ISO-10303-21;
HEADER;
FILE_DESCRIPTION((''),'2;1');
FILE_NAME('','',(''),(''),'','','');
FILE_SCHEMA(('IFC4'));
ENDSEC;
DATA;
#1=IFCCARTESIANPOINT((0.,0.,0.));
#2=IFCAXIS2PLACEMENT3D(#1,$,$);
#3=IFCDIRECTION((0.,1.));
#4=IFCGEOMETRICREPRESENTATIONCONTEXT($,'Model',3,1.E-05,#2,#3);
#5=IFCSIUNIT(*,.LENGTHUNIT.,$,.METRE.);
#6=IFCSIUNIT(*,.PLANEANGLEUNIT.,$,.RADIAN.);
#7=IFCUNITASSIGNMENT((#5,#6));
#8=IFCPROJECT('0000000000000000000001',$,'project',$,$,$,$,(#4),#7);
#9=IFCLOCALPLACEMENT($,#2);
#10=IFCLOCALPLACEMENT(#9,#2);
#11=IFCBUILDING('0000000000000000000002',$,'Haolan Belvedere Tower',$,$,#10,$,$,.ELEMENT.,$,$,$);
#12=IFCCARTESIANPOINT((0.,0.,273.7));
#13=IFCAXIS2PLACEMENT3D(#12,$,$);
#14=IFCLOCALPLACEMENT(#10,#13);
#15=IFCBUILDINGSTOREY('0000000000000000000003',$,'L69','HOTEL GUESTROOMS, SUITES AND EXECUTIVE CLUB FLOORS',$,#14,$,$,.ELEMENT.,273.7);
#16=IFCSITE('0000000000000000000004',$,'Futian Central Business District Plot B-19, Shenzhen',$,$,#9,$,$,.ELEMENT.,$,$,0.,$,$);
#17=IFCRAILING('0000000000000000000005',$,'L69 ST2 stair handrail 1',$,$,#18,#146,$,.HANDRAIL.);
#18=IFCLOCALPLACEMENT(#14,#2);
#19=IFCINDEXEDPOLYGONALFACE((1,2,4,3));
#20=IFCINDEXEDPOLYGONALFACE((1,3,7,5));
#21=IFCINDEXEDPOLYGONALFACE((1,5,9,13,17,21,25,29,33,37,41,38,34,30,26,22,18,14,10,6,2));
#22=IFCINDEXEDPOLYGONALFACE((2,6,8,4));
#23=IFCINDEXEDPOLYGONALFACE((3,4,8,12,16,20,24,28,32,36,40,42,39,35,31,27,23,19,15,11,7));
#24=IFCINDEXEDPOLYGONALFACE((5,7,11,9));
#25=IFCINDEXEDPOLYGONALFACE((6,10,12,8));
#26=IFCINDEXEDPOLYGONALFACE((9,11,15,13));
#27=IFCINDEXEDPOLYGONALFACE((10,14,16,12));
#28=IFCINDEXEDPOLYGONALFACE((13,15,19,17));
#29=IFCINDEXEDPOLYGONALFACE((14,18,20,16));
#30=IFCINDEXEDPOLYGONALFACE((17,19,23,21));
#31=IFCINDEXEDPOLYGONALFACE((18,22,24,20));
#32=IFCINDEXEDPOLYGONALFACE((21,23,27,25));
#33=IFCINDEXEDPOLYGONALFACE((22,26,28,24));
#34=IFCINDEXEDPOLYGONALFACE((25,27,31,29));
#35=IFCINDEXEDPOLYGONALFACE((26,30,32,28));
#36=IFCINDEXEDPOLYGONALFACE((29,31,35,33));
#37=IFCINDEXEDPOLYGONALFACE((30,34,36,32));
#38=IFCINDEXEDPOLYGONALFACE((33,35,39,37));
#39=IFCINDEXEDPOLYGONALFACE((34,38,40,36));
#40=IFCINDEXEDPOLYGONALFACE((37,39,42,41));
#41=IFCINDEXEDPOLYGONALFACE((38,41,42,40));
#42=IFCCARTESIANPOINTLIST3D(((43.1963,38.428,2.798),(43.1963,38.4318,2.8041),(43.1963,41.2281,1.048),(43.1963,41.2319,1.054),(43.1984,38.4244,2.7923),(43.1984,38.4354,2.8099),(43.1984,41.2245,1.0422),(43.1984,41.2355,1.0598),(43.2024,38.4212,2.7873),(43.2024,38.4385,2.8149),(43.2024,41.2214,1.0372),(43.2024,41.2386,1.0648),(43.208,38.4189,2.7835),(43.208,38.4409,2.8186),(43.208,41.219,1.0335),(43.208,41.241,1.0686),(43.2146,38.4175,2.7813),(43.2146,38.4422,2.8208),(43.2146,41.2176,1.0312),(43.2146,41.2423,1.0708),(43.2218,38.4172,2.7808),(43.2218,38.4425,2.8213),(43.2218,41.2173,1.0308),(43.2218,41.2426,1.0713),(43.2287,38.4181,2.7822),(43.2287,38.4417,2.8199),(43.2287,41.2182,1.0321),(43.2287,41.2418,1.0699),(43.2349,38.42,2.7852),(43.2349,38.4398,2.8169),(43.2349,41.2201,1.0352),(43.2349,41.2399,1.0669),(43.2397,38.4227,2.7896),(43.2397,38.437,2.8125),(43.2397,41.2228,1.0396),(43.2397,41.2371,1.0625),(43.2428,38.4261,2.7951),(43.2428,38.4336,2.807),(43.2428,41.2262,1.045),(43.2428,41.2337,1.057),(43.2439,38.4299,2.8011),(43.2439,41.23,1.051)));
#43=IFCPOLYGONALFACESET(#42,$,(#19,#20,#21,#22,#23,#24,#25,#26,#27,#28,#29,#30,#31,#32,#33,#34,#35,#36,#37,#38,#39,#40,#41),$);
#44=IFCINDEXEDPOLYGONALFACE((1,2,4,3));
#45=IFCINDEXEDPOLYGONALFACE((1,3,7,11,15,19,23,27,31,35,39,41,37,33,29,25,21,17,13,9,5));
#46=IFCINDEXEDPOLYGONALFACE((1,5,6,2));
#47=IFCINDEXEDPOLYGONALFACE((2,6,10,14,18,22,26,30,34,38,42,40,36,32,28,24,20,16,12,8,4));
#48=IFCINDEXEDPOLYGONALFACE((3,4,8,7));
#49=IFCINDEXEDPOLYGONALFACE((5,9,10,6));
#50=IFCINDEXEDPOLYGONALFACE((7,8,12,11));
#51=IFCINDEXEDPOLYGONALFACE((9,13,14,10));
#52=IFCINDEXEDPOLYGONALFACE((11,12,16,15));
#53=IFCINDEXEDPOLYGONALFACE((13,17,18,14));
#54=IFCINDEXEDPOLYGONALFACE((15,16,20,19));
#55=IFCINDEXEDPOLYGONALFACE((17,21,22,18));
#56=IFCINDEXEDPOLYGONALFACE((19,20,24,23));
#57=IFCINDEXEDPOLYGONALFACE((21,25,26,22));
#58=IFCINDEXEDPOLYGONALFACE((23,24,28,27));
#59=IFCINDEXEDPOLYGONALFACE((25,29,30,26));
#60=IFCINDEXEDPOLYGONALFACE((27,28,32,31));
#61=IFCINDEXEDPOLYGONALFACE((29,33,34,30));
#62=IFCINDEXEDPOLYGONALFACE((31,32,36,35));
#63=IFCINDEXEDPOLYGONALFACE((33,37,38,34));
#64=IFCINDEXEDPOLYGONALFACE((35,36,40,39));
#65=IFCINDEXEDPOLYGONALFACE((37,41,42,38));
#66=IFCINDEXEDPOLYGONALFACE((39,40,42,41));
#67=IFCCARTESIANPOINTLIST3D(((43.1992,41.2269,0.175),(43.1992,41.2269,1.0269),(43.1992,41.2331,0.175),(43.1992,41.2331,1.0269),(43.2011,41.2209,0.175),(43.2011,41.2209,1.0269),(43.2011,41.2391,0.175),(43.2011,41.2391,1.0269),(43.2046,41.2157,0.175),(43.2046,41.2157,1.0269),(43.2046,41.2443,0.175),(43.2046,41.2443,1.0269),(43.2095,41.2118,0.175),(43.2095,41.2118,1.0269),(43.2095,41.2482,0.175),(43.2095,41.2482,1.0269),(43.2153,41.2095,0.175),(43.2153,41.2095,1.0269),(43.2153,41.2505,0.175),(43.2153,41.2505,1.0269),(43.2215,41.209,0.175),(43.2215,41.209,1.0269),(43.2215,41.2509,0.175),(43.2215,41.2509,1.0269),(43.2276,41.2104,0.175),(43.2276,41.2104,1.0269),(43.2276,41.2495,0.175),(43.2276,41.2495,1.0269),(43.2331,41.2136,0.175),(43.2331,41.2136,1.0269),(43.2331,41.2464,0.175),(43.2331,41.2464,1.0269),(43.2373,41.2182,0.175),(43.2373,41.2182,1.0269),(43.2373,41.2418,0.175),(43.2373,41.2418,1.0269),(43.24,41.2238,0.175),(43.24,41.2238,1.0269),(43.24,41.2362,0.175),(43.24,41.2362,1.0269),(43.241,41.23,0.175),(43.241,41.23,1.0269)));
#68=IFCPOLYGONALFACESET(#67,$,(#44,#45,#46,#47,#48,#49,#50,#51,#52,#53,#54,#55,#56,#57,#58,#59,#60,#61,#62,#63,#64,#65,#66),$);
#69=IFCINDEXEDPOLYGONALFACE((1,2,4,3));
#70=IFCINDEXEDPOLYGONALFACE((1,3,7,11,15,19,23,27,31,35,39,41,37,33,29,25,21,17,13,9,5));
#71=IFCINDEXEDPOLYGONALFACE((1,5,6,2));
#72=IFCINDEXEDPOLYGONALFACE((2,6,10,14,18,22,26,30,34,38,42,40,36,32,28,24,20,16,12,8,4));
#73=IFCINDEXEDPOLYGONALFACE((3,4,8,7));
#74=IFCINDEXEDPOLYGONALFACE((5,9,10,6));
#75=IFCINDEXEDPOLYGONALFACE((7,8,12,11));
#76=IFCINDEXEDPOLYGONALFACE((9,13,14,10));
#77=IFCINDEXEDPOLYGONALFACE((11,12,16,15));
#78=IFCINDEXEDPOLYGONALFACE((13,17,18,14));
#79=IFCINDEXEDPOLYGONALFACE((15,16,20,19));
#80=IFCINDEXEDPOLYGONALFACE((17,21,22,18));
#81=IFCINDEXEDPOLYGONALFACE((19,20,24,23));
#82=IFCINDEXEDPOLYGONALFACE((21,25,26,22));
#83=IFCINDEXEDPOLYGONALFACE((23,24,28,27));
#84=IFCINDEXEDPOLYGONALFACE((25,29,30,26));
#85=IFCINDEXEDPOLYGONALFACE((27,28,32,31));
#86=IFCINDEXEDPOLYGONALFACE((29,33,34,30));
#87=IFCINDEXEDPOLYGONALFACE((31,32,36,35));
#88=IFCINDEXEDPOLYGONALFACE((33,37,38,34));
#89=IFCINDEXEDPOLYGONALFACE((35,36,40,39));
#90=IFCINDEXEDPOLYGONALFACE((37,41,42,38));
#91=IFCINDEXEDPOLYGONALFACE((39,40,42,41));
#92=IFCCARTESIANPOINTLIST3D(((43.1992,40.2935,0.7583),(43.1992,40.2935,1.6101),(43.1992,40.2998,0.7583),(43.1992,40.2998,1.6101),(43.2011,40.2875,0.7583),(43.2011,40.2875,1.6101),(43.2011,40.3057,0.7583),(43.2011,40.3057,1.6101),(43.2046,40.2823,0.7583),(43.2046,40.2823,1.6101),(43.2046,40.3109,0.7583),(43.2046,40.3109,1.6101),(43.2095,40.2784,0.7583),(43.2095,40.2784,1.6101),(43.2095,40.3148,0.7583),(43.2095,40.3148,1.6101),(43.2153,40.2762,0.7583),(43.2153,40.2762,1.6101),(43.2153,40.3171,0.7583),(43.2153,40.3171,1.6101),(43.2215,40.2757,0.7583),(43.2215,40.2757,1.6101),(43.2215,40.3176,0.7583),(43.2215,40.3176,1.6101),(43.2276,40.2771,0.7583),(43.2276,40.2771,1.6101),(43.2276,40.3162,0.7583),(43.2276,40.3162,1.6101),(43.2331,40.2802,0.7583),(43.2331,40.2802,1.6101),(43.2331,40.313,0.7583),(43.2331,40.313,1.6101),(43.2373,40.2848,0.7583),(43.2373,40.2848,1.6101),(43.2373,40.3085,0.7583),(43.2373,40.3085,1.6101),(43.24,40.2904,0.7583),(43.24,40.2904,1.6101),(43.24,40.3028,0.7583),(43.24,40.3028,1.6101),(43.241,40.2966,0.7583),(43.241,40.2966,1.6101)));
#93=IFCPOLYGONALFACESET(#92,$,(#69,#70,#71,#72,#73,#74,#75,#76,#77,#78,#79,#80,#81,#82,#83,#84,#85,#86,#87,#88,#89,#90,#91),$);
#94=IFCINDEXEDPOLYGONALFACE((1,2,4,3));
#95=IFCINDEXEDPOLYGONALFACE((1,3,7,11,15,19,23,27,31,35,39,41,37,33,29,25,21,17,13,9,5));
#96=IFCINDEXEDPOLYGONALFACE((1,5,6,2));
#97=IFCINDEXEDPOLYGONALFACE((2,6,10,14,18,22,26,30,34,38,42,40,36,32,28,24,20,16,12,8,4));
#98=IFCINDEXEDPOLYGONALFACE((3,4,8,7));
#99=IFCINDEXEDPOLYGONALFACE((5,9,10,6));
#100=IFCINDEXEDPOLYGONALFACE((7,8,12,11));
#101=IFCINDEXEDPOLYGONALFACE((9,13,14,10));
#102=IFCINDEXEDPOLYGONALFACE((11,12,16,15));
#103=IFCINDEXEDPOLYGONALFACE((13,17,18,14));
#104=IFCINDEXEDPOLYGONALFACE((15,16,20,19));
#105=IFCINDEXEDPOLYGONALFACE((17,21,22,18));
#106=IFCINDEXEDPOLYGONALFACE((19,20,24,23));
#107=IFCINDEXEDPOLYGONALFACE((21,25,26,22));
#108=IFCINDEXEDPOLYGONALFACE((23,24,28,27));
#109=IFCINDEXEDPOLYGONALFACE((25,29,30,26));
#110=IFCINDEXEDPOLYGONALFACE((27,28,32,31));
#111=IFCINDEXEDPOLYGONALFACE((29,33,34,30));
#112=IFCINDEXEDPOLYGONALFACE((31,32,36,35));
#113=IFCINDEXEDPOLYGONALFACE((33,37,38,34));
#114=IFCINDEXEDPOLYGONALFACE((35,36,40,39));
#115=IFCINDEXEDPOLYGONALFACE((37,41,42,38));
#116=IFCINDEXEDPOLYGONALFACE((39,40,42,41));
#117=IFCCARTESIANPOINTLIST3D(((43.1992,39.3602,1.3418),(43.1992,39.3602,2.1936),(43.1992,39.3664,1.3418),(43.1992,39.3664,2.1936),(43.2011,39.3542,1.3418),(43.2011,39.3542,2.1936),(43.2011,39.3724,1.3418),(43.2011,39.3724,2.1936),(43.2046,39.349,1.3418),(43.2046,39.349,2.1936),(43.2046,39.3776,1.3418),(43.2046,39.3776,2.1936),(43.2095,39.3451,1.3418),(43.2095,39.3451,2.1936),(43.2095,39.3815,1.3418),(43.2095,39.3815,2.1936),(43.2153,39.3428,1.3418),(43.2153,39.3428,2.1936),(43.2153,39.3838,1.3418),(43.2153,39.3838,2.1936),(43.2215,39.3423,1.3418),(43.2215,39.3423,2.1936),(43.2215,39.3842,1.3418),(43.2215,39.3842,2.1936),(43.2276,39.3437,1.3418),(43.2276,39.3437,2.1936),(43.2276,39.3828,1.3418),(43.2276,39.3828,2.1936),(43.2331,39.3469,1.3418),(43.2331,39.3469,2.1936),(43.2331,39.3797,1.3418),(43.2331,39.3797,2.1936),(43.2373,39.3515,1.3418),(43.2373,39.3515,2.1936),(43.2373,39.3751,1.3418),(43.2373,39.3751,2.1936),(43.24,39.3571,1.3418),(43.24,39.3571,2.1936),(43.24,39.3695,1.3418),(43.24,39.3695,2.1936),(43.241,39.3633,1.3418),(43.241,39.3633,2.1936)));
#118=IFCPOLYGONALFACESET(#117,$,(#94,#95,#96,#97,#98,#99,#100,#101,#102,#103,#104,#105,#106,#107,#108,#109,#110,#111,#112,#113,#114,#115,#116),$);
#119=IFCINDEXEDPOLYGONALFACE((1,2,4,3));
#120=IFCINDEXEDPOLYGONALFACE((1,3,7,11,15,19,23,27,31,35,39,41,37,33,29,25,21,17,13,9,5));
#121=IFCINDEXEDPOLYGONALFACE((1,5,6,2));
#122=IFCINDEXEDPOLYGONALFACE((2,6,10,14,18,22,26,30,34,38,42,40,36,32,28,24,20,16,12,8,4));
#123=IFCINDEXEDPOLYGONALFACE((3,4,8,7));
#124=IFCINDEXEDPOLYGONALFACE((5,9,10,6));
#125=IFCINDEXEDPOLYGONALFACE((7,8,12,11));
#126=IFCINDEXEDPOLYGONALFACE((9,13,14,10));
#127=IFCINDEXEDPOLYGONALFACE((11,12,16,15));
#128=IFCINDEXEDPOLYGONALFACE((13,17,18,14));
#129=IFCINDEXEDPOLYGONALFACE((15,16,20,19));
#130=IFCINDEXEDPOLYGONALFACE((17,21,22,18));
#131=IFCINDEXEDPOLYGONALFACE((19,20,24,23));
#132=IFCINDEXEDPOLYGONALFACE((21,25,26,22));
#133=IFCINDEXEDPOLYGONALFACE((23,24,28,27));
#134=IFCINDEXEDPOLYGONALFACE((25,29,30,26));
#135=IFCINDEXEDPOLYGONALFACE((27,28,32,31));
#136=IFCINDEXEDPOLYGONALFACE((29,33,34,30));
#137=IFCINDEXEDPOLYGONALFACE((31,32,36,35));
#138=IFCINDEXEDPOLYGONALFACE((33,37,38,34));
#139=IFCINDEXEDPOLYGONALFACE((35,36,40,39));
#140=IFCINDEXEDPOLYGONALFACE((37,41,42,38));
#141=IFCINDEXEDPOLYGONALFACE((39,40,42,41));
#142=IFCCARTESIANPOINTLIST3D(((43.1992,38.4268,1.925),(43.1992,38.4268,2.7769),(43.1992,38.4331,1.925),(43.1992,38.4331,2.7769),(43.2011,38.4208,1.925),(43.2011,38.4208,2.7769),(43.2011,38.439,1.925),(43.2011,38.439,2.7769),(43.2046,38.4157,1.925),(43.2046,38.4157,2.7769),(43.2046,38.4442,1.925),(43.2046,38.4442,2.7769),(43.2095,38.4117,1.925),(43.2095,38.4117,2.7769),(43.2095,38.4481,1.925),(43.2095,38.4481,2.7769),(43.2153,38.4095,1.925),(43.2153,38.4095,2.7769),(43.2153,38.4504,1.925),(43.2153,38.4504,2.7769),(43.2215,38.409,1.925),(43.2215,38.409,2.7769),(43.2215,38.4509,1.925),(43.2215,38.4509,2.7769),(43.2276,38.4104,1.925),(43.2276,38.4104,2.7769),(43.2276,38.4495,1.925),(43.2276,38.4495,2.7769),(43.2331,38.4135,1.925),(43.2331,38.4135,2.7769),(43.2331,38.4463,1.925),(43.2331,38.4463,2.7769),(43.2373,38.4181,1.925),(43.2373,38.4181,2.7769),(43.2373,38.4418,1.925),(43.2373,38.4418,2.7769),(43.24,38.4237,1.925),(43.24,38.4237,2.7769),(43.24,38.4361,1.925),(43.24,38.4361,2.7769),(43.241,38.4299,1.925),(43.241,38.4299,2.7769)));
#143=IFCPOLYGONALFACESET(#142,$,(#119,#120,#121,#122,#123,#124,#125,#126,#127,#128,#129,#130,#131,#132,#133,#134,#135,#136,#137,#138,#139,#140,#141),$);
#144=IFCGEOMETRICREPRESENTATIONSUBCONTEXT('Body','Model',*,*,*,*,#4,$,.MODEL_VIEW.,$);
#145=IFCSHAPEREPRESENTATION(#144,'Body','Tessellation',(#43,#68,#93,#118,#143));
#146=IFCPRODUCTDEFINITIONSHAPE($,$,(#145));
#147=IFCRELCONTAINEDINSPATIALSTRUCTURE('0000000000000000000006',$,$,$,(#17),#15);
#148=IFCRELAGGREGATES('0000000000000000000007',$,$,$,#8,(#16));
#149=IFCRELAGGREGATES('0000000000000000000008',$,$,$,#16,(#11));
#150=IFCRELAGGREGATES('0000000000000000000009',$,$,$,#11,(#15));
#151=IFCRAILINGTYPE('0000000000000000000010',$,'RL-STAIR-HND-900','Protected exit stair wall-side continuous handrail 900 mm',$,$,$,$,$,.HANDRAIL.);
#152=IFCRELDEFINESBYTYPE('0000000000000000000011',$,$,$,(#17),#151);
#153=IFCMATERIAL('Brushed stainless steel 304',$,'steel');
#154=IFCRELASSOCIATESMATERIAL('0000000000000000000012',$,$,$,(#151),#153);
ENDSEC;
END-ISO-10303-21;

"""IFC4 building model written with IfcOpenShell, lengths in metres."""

from ifc_helpers import new_model, si_unit, direction, frame, origin, origin_2d, place, context, subcontext, project, spatial, circle, extrude, material, type_object, element, save


model = new_model("IFC4")

# Units and contexts
model_context = context("Model", 3, precision=1e-05, world=origin(), true_north=direction((0.0, 1.0)))
body_context = subcontext(model_context, "Body", "Model", "MODEL_VIEW")
ifc_project = project(units=[si_unit("LENGTHUNIT", "METRE"), si_unit("PLANEANGLEUNIT", "RADIAN")], contexts=[model_context])

# Site, building, storey
site_placement = place(None, origin())
site = spatial("IfcSite", under=ifc_project, at=site_placement, Name="Futian Central Business District Plot B-19, Shenzhen", CompositionType="ELEMENT", RefElevation=0.0)
building_placement = place(site_placement, origin())
building = spatial("IfcBuilding", under=site, at=building_placement, Name="Haolan Belvedere Tower", CompositionType="ELEMENT")
storey_placement = place(building_placement, frame((0.0, 0.0, 273.7)))
storey = spatial("IfcBuildingStorey", under=building, at=storey_placement, Name="L69", Description="HOTEL GUESTROOMS, SUITES AND EXECUTIVE CLUB FLOORS", CompositionType="ELEMENT", Elevation=273.7)

# Railing
ifc_material_1 = material(Name="Brushed stainless steel 304", Category="steel")
railing_type_1 = type_object("IfcRailingType", Name="RL-STAIR-HND-900", Description="Protected exit stair wall-side continuous handrail 900 mm", PredefinedType="HANDRAIL", material=ifc_material_1)
for number, where, name in (
    (1, (43.22, 41.23, 0.175), "L69 ST2 stair handrail 1"),
):
    element("IfcRailing", number, at=place(storey_placement, frame(where)), inside=storey, type_object=railing_type_1, Name=name, PredefinedType="HANDRAIL", context=body_context, shape_type="SweptSolid", body=[
        extrude(circle(Radius=0.0239, at=origin_2d()), frame((0.0, 0.0, 0.876), z_axis=(0.0, -0.848002, 0.529992), x_axis=(1.0, 0.0, 0.0)), (0.0, 0.0, 1.0), 3.302),
        extrude(circle(Radius=0.021, at=origin_2d()), origin(), (0.0, 0.0, 1.0), 0.8518),
        extrude(circle(Radius=0.021, at=origin_2d()), frame((0.0, -0.9333, 0.5833)), (0.0, 0.0, 1.0), 0.8518),
        extrude(circle(Radius=0.021, at=origin_2d()), frame((0.0, -1.8667, 1.1667)), (0.0, 0.0, 1.0), 0.8518),
        extrude(circle(Radius=0.021, at=origin_2d()), frame((0.0, -2.8, 1.75)), (0.0, 0.0, 1.0), 0.8518),
    ])

save(model, "model.ifc")
